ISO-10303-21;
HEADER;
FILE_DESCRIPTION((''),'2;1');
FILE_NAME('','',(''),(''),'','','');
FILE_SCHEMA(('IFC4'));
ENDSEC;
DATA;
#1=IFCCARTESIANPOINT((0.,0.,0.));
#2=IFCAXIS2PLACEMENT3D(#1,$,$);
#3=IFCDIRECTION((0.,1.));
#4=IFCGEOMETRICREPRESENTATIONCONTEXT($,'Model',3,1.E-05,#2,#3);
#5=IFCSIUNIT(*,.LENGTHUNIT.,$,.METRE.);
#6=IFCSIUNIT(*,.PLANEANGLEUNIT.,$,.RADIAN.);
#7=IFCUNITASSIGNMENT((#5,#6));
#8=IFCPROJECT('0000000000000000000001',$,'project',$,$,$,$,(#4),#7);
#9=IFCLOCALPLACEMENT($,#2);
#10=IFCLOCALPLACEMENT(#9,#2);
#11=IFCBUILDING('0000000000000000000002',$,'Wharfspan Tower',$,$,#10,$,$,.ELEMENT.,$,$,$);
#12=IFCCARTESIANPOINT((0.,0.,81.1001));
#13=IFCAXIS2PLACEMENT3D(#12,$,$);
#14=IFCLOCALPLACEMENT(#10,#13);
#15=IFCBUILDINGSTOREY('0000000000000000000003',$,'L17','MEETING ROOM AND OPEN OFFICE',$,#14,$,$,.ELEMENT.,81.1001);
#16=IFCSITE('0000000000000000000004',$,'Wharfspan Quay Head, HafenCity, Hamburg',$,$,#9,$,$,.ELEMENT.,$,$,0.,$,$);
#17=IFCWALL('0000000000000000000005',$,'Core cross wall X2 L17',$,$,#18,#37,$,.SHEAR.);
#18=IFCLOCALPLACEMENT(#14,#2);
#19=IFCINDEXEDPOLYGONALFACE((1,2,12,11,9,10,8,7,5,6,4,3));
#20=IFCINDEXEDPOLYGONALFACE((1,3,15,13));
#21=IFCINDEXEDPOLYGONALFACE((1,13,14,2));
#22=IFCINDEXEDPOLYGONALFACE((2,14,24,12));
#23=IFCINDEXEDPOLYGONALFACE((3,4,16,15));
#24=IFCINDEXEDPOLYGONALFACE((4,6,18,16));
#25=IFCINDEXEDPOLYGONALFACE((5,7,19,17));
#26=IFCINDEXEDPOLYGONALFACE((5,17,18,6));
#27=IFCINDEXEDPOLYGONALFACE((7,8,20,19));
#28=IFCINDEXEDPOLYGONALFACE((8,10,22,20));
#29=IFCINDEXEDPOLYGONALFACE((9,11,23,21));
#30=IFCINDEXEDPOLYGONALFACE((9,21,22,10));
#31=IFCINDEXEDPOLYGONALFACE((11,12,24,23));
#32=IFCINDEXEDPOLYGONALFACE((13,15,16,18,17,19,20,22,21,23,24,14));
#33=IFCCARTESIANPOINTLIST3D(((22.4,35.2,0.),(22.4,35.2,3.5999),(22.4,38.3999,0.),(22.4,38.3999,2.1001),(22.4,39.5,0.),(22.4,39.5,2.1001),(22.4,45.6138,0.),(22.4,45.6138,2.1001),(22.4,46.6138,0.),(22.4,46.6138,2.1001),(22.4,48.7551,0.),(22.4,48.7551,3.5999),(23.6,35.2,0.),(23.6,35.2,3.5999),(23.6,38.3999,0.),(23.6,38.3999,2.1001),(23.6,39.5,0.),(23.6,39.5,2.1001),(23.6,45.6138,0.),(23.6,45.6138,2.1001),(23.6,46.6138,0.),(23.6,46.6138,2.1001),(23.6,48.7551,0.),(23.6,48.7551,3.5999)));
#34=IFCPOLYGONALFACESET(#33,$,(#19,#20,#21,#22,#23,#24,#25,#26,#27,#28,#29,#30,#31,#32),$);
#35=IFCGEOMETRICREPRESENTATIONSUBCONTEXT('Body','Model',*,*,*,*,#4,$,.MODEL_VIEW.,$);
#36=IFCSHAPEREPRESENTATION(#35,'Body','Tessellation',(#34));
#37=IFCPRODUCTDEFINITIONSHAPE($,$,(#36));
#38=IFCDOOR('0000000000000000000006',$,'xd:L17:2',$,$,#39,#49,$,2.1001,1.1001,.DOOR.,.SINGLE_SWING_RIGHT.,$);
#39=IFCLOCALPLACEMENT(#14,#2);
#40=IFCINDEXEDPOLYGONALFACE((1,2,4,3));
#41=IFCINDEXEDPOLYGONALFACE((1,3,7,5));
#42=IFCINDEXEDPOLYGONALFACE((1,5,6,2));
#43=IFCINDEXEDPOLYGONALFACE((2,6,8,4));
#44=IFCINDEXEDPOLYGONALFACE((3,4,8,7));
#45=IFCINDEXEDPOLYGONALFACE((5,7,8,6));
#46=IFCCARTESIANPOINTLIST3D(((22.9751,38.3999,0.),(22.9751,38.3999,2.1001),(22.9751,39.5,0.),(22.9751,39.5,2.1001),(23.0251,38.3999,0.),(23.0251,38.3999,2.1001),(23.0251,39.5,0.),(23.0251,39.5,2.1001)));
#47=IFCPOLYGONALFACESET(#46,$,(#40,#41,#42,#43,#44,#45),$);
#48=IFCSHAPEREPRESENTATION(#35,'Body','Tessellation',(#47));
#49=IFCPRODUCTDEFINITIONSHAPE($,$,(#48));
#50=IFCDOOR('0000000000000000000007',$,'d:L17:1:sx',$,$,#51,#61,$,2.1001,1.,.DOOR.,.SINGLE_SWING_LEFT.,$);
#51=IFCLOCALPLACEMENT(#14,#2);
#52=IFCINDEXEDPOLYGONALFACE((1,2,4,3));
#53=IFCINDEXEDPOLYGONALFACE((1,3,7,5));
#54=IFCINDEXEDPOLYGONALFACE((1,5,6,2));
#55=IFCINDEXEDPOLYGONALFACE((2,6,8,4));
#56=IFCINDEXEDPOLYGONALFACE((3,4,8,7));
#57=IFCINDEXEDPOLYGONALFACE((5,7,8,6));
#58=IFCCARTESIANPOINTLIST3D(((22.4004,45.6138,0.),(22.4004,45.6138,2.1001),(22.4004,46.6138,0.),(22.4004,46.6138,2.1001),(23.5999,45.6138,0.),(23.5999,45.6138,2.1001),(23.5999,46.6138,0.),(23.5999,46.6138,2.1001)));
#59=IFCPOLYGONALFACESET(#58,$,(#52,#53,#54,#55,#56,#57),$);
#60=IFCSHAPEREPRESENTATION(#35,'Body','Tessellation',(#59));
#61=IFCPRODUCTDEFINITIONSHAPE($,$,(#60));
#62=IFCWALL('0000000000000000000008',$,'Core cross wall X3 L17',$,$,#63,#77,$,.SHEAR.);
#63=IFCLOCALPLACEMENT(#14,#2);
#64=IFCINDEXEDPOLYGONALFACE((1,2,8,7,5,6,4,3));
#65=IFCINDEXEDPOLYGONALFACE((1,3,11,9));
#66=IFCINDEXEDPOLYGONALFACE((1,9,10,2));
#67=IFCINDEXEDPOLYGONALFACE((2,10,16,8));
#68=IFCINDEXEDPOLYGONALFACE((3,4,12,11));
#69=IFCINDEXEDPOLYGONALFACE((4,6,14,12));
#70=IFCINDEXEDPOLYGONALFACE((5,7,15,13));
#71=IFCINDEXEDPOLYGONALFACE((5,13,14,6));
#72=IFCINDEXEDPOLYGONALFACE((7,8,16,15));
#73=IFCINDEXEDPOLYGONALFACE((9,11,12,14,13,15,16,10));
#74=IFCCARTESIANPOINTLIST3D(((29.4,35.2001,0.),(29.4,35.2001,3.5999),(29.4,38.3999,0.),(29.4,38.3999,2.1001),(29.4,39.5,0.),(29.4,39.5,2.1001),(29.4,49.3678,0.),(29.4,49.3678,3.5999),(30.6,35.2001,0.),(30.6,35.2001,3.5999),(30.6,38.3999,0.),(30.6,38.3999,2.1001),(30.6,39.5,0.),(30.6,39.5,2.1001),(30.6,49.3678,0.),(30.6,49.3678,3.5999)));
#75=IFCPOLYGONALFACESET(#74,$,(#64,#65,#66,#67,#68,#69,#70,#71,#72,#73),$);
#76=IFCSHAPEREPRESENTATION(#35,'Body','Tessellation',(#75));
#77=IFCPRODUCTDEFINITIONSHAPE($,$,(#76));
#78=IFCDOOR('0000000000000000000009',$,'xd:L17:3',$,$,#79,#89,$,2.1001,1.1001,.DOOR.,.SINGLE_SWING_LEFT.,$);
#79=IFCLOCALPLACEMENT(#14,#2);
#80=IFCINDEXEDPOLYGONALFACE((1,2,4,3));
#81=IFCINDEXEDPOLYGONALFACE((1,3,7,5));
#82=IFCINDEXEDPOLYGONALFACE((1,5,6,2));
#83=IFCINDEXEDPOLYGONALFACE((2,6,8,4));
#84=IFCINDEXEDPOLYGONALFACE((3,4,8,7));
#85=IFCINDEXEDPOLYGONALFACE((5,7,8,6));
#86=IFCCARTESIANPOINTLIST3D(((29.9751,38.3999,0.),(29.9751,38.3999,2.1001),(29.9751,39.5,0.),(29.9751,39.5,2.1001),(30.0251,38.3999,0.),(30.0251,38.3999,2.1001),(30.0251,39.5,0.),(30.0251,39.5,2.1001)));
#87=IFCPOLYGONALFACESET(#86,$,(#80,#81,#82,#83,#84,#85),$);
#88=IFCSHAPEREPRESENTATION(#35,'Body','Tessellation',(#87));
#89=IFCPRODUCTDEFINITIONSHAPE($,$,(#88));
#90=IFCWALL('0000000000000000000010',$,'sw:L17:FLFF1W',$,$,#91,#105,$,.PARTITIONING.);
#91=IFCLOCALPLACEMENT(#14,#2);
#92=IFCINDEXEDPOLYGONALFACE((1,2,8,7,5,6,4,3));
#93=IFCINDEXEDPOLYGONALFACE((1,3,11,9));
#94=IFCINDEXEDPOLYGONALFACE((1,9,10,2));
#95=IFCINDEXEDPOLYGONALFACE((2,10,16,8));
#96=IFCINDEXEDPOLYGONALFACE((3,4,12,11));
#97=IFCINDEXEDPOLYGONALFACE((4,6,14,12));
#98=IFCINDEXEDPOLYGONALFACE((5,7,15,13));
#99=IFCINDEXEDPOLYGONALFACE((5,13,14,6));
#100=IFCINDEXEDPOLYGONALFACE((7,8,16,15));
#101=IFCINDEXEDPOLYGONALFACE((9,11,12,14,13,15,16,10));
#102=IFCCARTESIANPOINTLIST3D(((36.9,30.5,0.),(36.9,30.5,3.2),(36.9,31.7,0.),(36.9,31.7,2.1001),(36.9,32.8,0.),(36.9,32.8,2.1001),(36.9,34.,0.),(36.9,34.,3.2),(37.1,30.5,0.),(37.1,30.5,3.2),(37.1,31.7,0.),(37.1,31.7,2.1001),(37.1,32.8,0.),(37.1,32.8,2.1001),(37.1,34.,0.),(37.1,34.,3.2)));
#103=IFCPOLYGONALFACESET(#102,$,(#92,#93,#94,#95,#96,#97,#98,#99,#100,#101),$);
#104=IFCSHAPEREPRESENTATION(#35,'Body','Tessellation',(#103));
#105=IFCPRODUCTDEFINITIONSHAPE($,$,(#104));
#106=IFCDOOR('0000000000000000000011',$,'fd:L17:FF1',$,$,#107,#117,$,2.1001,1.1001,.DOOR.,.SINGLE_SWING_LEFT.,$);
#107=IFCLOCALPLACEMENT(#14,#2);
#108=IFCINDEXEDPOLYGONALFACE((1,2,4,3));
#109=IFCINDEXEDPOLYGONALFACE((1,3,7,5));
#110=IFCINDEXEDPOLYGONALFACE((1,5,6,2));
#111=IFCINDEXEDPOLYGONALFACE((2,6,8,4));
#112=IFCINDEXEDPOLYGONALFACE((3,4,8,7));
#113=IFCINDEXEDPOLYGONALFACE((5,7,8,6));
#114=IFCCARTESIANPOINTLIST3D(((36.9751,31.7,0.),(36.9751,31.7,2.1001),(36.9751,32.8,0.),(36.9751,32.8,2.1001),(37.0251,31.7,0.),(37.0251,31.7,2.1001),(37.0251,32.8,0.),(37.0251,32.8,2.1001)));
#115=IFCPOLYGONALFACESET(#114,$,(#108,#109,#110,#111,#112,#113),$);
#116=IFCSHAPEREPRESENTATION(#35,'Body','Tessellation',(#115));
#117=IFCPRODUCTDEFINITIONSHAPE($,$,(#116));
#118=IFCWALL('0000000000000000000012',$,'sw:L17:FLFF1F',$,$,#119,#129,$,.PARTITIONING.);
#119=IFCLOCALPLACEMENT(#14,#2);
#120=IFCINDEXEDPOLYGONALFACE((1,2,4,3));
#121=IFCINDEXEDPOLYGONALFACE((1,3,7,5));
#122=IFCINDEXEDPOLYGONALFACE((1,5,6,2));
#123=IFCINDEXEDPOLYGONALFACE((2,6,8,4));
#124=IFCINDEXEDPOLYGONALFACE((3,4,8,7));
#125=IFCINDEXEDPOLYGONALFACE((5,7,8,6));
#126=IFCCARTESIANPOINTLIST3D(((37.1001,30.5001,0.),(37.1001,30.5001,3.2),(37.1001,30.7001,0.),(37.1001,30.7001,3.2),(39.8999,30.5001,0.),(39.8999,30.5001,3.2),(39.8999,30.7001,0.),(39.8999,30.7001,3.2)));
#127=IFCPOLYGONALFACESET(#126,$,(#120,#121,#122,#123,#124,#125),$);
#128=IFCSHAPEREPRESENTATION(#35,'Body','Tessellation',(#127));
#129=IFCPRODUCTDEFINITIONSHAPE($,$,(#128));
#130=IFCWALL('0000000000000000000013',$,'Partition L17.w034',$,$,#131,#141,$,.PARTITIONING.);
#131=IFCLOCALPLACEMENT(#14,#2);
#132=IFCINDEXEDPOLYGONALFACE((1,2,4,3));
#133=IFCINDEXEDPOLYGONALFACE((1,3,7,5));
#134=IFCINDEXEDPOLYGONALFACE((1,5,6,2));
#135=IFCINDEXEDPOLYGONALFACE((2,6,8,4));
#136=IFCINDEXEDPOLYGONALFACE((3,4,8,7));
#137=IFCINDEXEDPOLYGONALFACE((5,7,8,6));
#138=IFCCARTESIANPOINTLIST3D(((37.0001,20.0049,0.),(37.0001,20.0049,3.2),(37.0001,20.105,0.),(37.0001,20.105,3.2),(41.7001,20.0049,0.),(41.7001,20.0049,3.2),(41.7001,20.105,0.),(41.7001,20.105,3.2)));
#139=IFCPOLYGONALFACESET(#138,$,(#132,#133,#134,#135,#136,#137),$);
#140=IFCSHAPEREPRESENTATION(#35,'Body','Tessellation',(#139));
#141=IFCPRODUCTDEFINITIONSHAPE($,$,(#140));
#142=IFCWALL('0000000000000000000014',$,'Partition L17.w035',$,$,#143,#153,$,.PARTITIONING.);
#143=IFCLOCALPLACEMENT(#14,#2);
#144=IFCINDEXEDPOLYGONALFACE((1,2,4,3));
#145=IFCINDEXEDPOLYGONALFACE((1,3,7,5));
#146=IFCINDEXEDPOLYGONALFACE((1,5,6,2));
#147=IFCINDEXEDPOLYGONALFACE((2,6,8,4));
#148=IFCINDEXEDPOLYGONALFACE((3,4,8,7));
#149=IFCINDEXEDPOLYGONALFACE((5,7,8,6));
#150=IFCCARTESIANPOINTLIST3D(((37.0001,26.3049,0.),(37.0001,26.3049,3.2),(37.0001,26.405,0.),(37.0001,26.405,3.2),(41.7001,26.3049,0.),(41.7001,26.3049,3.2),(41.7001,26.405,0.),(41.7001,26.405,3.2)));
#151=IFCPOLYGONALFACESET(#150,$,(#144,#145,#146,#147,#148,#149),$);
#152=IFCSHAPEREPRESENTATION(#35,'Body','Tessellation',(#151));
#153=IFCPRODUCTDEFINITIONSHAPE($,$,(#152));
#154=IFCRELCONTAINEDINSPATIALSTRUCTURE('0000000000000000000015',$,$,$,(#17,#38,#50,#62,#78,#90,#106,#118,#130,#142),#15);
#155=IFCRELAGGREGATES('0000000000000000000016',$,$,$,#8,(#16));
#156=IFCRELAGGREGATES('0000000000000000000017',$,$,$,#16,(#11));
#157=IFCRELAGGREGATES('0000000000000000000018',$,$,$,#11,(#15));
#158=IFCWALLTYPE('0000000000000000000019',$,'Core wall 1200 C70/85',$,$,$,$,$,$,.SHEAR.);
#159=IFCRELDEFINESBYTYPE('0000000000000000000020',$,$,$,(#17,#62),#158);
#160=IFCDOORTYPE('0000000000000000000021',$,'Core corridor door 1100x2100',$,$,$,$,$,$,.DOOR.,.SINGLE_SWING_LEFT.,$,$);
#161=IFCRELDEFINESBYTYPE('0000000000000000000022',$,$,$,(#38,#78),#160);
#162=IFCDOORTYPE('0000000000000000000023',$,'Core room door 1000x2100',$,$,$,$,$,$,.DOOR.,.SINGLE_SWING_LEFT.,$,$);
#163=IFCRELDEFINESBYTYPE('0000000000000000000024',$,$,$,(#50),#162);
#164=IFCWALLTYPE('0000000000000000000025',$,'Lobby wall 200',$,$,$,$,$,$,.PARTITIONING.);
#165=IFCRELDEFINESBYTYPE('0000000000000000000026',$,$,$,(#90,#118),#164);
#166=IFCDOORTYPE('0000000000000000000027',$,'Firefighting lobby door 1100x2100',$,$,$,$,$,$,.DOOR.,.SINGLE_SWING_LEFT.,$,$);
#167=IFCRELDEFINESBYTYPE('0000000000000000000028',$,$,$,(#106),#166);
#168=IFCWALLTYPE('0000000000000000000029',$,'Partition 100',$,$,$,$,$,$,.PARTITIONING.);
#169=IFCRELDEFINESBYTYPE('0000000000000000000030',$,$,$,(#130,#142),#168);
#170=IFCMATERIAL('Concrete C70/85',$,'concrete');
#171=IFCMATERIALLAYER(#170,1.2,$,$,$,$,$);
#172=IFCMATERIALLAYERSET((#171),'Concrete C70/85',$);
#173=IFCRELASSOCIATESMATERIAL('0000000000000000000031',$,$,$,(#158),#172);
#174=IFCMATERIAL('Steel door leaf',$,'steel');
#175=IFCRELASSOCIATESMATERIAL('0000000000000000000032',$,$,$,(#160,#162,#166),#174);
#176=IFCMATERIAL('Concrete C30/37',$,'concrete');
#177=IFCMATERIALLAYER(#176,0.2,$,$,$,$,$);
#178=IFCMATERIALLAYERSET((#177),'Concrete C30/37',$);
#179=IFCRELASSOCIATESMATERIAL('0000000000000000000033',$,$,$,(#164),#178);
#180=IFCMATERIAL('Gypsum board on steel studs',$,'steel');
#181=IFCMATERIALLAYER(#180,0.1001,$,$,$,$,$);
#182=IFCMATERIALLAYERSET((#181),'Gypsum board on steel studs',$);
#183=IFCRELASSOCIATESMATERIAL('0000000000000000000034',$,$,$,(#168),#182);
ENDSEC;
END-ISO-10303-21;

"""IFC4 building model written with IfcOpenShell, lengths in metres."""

from ifc_helpers import new_model, si_unit, direction, frame, frame_2d, origin, place, context, subcontext, project, spatial, rectangle, extrude, material, layer, layer_set, type_object, element, fill, save


model = new_model("IFC4")

# Units and contexts
model_context = context("Model", 3, precision=1e-05, world=origin(), true_north=direction((0.0, 1.0)))
body_context = subcontext(model_context, "Body", "Model", "MODEL_VIEW")
ifc_project = project(units=[si_unit("LENGTHUNIT", "METRE"), si_unit("PLANEANGLEUNIT", "RADIAN")], contexts=[model_context])

# Site, building, storey
site_placement = place(None, origin())
site = spatial("IfcSite", under=ifc_project, at=site_placement, Name="Wharfspan Quay Head, HafenCity, Hamburg", CompositionType="ELEMENT", RefElevation=0.0)
building_placement = place(site_placement, origin())
building = spatial("IfcBuilding", under=site, at=building_placement, Name="Wharfspan Tower", CompositionType="ELEMENT")
storey_placement = place(building_placement, frame((0.0, 0.0, 81.1001)))
storey = spatial("IfcBuildingStorey", under=building, at=storey_placement, Name="L17", Description="MEETING ROOM AND OPEN OFFICE", CompositionType="ELEMENT", Elevation=81.1001)

# Shared definitions
ifc_material_1 = material(Name="Gypsum board on steel studs", Category="steel")

# Wall, openings, doors
ifc_material_2 = material(Name="Concrete C70/85", Category="concrete")
ifc_layer_1 = layer(ifc_material_2, 1.2)
ifc_layer_set_1 = layer_set([ifc_layer_1], Name="Concrete C70/85")
wall_type_1 = type_object("IfcWallType", Name="Core wall 1200 C70/85", PredefinedType="SHEAR", material=ifc_layer_set_1)
wall_1_placement = place(storey_placement, frame((23.0, 35.2, 0.0), z_axis=(0.0, 0.0, 1.0), x_axis=(0.0, 1.0, 0.0)))
wall_1 = element("IfcWall", 1, at=wall_1_placement, inside=storey, type_object=wall_type_1, Name="Core cross wall X2 L17", PredefinedType="SHEAR", context=body_context, shape_type="SweptSolid", body=[
    extrude(rectangle(XDim=13.5552, YDim=1.2, at=frame_2d((6.7776, 0.0))), origin(), (0.0, 0.0, 1.0), 3.5999),
])
opening_1_placement = place(wall_1_placement, frame((10.4138, 0.0, 0.0)))
opening_1 = element("IfcOpeningElement", 2, at=opening_1_placement, cuts=wall_1, PredefinedType="OPENING", context=body_context, shape_type="SweptSolid", body=[
    extrude(rectangle(XDim=1.0, YDim=2.1001, at=frame_2d((0.5, 1.05))), frame((0.0, 0.6099, 0.0), z_axis=(0.0, -1.0, 0.0), x_axis=(1.0, 0.0, 0.0)), (0.0, 0.0, 1.0), 1.22),
])
opening_2_placement = place(wall_1_placement, frame((3.2, 0.0, 0.0)))
opening_2 = element("IfcOpeningElement", 3, at=opening_2_placement, cuts=wall_1, PredefinedType="OPENING", context=body_context, shape_type="SweptSolid", body=[
    extrude(rectangle(XDim=1.1001, YDim=2.1001, at=frame_2d((0.55, 1.05))), frame((0.0, 0.6099, 0.0), z_axis=(0.0, -1.0, 0.0), x_axis=(1.0, 0.0, 0.0)), (0.0, 0.0, 1.0), 1.22),
])
ifc_material_3 = material(Name="Steel door leaf", Category="steel")
door_type_1 = type_object("IfcDoorType", Name="Core corridor door 1100x2100", OperationType="SINGLE_SWING_LEFT", PredefinedType="DOOR", material=ifc_material_3)
door_1_placement = place(opening_2_placement, origin())
door_1 = element("IfcDoor", 4, at=door_1_placement, inside=storey, type_object=door_type_1, Name="xd:L17:2", OperationType="SINGLE_SWING_RIGHT", OverallHeight=2.1001, OverallWidth=1.1001, PredefinedType="DOOR", context=body_context, shape_type="SweptSolid", body=[
    extrude(rectangle(XDim=1.1001, YDim=2.1001, at=frame_2d((0.55, 1.05))), frame((0.0, 0.0249, 0.0), z_axis=(0.0, -1.0, 0.0), x_axis=(1.0, 0.0, 0.0)), (0.0, 0.0, 1.0), 0.05),
])
fill(opening_2, door_1)
door_type_2 = type_object("IfcDoorType", Name="Core room door 1000x2100", OperationType="SINGLE_SWING_LEFT", PredefinedType="DOOR", material=ifc_material_3)
door_2_placement = place(opening_1_placement, origin())
door_2 = element("IfcDoor", 5, at=door_2_placement, inside=storey, type_object=door_type_2, Name="d:L17:1:sx", OperationType="SINGLE_SWING_LEFT", OverallHeight=2.1001, OverallWidth=1.0, PredefinedType="DOOR", context=body_context, shape_type="SweptSolid", body=[
    extrude(rectangle(XDim=1.0, YDim=2.1001, at=frame_2d((0.5, 1.05))), frame((0.0, 0.5996, 0.0), z_axis=(0.0, -1.0, 0.0), x_axis=(1.0, 0.0, 0.0)), (0.0, 0.0, 1.0), 1.1995),
])
fill(opening_1, door_2)

# Walls, openings, doors
wall_2_placement = place(storey_placement, frame((30.0, 35.2, 0.0), z_axis=(0.0, 0.0, 1.0), x_axis=(0.0, 1.0, 0.0)))
wall_2 = element("IfcWall", 6, at=wall_2_placement, inside=storey, type_object=wall_type_1, Name="Core cross wall X3 L17", PredefinedType="SHEAR", context=body_context, shape_type="SweptSolid", body=[
    extrude(rectangle(XDim=14.1677, YDim=1.2, at=frame_2d((7.084, 0.0))), origin(), (0.0, 0.0, 1.0), 3.5999),
])
opening_3_placement = place(wall_2_placement, frame((3.2, 0.0, 0.0)))
opening_3 = element("IfcOpeningElement", 7, at=opening_3_placement, cuts=wall_2, PredefinedType="OPENING", context=body_context, shape_type="SweptSolid", body=[
    extrude(rectangle(XDim=1.1001, YDim=2.1001, at=frame_2d((0.55, 1.05))), frame((0.0, 0.6099, 0.0), z_axis=(0.0, -1.0, 0.0), x_axis=(1.0, 0.0, 0.0)), (0.0, 0.0, 1.0), 1.22),
])
door_3_placement = place(opening_3_placement, origin())
door_3 = element("IfcDoor", 8, at=door_3_placement, inside=storey, type_object=door_type_1, Name="xd:L17:3", OperationType="SINGLE_SWING_LEFT", OverallHeight=2.1001, OverallWidth=1.1001, PredefinedType="DOOR", context=body_context, shape_type="SweptSolid", body=[
    extrude(rectangle(XDim=1.1001, YDim=2.1001, at=frame_2d((0.55, 1.05))), frame((0.0, 0.0249, 0.0), z_axis=(0.0, -1.0, 0.0), x_axis=(1.0, 0.0, 0.0)), (0.0, 0.0, 1.0), 0.05),
])
fill(opening_3, door_3)
ifc_material_4 = material(Name="Concrete C30/37", Category="concrete")
ifc_layer_2 = layer(ifc_material_4, 0.2)
ifc_layer_set_2 = layer_set([ifc_layer_2], Name="Concrete C30/37")
wall_type_2 = type_object("IfcWallType", Name="Lobby wall 200", PredefinedType="PARTITIONING", material=ifc_layer_set_2)
wall_3_placement = place(storey_placement, frame((37.0, 30.5, 0.0), z_axis=(0.0, 0.0, 1.0), x_axis=(0.0, 1.0, 0.0)))
wall_3 = element("IfcWall", 9, at=wall_3_placement, inside=storey, type_object=wall_type_2, Name="sw:L17:FLFF1W", PredefinedType="PARTITIONING", context=body_context, shape_type="SweptSolid", body=[
    extrude(rectangle(XDim=3.5, YDim=0.2, at=frame_2d((1.75, 0.0))), origin(), (0.0, 0.0, 1.0), 3.2),
])
opening_4_placement = place(wall_3_placement, frame((1.2, 0.0, 0.0)))
opening_4 = element("IfcOpeningElement", 10, at=opening_4_placement, cuts=wall_3, PredefinedType="OPENING", context=body_context, shape_type="SweptSolid", body=[
    extrude(rectangle(XDim=1.1001, YDim=2.1001, at=frame_2d((0.55, 1.05))), frame((0.0, 0.1099, 0.0), z_axis=(0.0, -1.0, 0.0), x_axis=(1.0, 0.0, 0.0)), (0.0, 0.0, 1.0), 0.22),
])
door_type_3 = type_object("IfcDoorType", Name="Firefighting lobby door 1100x2100", OperationType="SINGLE_SWING_LEFT", PredefinedType="DOOR", material=ifc_material_3)
door_4_placement = place(opening_4_placement, origin())
door_4 = element("IfcDoor", 11, at=door_4_placement, inside=storey, type_object=door_type_3, Name="fd:L17:FF1", OperationType="SINGLE_SWING_LEFT", OverallHeight=2.1001, OverallWidth=1.1001, PredefinedType="DOOR", context=body_context, shape_type="SweptSolid", body=[
    extrude(rectangle(XDim=1.1001, YDim=2.1001, at=frame_2d((0.55, 1.05))), frame((0.0, 0.0249, 0.0), z_axis=(0.0, -1.0, 0.0), x_axis=(1.0, 0.0, 0.0)), (0.0, 0.0, 1.0), 0.05),
])
fill(opening_4, door_4)

# Walls
wall_4_placement = place(storey_placement, frame((37.1001, 30.6001, 0.0), z_axis=(0.0, 0.0, 1.0), x_axis=(1.0, 0.0, 0.0)))
element("IfcWall", 12, at=wall_4_placement, inside=storey, type_object=wall_type_2, Name="sw:L17:FLFF1F", PredefinedType="PARTITIONING", context=body_context, shape_type="SweptSolid", body=[
    extrude(rectangle(XDim=2.7998, YDim=0.2, at=frame_2d((1.3999, 0.0))), origin(), (0.0, 0.0, 1.0), 3.2),
])
ifc_layer_3 = layer(ifc_material_1, 0.1001)
ifc_layer_set_3 = layer_set([ifc_layer_3], Name="Gypsum board on steel studs")
wall_type_3 = type_object("IfcWallType", Name="Partition 100", PredefinedType="PARTITIONING", material=ifc_layer_set_3)
for number, where, z_axis, x_axis, name in (
    (13, (37.0, 20.0549, 0.0), (0.0, 0.0, 1.0), (1.0, 0.0, 0.0), "Partition L17.w034"),
    (14, (37.0, 26.355, 0.0), (0.0, 0.0, 1.0), (1.0, 0.0, 0.0), "Partition L17.w035"),
):
    element("IfcWall", number, at=place(storey_placement, frame(where, z_axis=z_axis, x_axis=x_axis)), inside=storey, type_object=wall_type_3, Name=name, PredefinedType="PARTITIONING", context=body_context, shape_type="SweptSolid", body=[
        extrude(rectangle(XDim=4.7, YDim=0.1001, at=frame_2d((2.3501, 0.0))), origin(), (0.0, 0.0, 1.0), 3.2),
    ])

save(model, "model.ifc")
